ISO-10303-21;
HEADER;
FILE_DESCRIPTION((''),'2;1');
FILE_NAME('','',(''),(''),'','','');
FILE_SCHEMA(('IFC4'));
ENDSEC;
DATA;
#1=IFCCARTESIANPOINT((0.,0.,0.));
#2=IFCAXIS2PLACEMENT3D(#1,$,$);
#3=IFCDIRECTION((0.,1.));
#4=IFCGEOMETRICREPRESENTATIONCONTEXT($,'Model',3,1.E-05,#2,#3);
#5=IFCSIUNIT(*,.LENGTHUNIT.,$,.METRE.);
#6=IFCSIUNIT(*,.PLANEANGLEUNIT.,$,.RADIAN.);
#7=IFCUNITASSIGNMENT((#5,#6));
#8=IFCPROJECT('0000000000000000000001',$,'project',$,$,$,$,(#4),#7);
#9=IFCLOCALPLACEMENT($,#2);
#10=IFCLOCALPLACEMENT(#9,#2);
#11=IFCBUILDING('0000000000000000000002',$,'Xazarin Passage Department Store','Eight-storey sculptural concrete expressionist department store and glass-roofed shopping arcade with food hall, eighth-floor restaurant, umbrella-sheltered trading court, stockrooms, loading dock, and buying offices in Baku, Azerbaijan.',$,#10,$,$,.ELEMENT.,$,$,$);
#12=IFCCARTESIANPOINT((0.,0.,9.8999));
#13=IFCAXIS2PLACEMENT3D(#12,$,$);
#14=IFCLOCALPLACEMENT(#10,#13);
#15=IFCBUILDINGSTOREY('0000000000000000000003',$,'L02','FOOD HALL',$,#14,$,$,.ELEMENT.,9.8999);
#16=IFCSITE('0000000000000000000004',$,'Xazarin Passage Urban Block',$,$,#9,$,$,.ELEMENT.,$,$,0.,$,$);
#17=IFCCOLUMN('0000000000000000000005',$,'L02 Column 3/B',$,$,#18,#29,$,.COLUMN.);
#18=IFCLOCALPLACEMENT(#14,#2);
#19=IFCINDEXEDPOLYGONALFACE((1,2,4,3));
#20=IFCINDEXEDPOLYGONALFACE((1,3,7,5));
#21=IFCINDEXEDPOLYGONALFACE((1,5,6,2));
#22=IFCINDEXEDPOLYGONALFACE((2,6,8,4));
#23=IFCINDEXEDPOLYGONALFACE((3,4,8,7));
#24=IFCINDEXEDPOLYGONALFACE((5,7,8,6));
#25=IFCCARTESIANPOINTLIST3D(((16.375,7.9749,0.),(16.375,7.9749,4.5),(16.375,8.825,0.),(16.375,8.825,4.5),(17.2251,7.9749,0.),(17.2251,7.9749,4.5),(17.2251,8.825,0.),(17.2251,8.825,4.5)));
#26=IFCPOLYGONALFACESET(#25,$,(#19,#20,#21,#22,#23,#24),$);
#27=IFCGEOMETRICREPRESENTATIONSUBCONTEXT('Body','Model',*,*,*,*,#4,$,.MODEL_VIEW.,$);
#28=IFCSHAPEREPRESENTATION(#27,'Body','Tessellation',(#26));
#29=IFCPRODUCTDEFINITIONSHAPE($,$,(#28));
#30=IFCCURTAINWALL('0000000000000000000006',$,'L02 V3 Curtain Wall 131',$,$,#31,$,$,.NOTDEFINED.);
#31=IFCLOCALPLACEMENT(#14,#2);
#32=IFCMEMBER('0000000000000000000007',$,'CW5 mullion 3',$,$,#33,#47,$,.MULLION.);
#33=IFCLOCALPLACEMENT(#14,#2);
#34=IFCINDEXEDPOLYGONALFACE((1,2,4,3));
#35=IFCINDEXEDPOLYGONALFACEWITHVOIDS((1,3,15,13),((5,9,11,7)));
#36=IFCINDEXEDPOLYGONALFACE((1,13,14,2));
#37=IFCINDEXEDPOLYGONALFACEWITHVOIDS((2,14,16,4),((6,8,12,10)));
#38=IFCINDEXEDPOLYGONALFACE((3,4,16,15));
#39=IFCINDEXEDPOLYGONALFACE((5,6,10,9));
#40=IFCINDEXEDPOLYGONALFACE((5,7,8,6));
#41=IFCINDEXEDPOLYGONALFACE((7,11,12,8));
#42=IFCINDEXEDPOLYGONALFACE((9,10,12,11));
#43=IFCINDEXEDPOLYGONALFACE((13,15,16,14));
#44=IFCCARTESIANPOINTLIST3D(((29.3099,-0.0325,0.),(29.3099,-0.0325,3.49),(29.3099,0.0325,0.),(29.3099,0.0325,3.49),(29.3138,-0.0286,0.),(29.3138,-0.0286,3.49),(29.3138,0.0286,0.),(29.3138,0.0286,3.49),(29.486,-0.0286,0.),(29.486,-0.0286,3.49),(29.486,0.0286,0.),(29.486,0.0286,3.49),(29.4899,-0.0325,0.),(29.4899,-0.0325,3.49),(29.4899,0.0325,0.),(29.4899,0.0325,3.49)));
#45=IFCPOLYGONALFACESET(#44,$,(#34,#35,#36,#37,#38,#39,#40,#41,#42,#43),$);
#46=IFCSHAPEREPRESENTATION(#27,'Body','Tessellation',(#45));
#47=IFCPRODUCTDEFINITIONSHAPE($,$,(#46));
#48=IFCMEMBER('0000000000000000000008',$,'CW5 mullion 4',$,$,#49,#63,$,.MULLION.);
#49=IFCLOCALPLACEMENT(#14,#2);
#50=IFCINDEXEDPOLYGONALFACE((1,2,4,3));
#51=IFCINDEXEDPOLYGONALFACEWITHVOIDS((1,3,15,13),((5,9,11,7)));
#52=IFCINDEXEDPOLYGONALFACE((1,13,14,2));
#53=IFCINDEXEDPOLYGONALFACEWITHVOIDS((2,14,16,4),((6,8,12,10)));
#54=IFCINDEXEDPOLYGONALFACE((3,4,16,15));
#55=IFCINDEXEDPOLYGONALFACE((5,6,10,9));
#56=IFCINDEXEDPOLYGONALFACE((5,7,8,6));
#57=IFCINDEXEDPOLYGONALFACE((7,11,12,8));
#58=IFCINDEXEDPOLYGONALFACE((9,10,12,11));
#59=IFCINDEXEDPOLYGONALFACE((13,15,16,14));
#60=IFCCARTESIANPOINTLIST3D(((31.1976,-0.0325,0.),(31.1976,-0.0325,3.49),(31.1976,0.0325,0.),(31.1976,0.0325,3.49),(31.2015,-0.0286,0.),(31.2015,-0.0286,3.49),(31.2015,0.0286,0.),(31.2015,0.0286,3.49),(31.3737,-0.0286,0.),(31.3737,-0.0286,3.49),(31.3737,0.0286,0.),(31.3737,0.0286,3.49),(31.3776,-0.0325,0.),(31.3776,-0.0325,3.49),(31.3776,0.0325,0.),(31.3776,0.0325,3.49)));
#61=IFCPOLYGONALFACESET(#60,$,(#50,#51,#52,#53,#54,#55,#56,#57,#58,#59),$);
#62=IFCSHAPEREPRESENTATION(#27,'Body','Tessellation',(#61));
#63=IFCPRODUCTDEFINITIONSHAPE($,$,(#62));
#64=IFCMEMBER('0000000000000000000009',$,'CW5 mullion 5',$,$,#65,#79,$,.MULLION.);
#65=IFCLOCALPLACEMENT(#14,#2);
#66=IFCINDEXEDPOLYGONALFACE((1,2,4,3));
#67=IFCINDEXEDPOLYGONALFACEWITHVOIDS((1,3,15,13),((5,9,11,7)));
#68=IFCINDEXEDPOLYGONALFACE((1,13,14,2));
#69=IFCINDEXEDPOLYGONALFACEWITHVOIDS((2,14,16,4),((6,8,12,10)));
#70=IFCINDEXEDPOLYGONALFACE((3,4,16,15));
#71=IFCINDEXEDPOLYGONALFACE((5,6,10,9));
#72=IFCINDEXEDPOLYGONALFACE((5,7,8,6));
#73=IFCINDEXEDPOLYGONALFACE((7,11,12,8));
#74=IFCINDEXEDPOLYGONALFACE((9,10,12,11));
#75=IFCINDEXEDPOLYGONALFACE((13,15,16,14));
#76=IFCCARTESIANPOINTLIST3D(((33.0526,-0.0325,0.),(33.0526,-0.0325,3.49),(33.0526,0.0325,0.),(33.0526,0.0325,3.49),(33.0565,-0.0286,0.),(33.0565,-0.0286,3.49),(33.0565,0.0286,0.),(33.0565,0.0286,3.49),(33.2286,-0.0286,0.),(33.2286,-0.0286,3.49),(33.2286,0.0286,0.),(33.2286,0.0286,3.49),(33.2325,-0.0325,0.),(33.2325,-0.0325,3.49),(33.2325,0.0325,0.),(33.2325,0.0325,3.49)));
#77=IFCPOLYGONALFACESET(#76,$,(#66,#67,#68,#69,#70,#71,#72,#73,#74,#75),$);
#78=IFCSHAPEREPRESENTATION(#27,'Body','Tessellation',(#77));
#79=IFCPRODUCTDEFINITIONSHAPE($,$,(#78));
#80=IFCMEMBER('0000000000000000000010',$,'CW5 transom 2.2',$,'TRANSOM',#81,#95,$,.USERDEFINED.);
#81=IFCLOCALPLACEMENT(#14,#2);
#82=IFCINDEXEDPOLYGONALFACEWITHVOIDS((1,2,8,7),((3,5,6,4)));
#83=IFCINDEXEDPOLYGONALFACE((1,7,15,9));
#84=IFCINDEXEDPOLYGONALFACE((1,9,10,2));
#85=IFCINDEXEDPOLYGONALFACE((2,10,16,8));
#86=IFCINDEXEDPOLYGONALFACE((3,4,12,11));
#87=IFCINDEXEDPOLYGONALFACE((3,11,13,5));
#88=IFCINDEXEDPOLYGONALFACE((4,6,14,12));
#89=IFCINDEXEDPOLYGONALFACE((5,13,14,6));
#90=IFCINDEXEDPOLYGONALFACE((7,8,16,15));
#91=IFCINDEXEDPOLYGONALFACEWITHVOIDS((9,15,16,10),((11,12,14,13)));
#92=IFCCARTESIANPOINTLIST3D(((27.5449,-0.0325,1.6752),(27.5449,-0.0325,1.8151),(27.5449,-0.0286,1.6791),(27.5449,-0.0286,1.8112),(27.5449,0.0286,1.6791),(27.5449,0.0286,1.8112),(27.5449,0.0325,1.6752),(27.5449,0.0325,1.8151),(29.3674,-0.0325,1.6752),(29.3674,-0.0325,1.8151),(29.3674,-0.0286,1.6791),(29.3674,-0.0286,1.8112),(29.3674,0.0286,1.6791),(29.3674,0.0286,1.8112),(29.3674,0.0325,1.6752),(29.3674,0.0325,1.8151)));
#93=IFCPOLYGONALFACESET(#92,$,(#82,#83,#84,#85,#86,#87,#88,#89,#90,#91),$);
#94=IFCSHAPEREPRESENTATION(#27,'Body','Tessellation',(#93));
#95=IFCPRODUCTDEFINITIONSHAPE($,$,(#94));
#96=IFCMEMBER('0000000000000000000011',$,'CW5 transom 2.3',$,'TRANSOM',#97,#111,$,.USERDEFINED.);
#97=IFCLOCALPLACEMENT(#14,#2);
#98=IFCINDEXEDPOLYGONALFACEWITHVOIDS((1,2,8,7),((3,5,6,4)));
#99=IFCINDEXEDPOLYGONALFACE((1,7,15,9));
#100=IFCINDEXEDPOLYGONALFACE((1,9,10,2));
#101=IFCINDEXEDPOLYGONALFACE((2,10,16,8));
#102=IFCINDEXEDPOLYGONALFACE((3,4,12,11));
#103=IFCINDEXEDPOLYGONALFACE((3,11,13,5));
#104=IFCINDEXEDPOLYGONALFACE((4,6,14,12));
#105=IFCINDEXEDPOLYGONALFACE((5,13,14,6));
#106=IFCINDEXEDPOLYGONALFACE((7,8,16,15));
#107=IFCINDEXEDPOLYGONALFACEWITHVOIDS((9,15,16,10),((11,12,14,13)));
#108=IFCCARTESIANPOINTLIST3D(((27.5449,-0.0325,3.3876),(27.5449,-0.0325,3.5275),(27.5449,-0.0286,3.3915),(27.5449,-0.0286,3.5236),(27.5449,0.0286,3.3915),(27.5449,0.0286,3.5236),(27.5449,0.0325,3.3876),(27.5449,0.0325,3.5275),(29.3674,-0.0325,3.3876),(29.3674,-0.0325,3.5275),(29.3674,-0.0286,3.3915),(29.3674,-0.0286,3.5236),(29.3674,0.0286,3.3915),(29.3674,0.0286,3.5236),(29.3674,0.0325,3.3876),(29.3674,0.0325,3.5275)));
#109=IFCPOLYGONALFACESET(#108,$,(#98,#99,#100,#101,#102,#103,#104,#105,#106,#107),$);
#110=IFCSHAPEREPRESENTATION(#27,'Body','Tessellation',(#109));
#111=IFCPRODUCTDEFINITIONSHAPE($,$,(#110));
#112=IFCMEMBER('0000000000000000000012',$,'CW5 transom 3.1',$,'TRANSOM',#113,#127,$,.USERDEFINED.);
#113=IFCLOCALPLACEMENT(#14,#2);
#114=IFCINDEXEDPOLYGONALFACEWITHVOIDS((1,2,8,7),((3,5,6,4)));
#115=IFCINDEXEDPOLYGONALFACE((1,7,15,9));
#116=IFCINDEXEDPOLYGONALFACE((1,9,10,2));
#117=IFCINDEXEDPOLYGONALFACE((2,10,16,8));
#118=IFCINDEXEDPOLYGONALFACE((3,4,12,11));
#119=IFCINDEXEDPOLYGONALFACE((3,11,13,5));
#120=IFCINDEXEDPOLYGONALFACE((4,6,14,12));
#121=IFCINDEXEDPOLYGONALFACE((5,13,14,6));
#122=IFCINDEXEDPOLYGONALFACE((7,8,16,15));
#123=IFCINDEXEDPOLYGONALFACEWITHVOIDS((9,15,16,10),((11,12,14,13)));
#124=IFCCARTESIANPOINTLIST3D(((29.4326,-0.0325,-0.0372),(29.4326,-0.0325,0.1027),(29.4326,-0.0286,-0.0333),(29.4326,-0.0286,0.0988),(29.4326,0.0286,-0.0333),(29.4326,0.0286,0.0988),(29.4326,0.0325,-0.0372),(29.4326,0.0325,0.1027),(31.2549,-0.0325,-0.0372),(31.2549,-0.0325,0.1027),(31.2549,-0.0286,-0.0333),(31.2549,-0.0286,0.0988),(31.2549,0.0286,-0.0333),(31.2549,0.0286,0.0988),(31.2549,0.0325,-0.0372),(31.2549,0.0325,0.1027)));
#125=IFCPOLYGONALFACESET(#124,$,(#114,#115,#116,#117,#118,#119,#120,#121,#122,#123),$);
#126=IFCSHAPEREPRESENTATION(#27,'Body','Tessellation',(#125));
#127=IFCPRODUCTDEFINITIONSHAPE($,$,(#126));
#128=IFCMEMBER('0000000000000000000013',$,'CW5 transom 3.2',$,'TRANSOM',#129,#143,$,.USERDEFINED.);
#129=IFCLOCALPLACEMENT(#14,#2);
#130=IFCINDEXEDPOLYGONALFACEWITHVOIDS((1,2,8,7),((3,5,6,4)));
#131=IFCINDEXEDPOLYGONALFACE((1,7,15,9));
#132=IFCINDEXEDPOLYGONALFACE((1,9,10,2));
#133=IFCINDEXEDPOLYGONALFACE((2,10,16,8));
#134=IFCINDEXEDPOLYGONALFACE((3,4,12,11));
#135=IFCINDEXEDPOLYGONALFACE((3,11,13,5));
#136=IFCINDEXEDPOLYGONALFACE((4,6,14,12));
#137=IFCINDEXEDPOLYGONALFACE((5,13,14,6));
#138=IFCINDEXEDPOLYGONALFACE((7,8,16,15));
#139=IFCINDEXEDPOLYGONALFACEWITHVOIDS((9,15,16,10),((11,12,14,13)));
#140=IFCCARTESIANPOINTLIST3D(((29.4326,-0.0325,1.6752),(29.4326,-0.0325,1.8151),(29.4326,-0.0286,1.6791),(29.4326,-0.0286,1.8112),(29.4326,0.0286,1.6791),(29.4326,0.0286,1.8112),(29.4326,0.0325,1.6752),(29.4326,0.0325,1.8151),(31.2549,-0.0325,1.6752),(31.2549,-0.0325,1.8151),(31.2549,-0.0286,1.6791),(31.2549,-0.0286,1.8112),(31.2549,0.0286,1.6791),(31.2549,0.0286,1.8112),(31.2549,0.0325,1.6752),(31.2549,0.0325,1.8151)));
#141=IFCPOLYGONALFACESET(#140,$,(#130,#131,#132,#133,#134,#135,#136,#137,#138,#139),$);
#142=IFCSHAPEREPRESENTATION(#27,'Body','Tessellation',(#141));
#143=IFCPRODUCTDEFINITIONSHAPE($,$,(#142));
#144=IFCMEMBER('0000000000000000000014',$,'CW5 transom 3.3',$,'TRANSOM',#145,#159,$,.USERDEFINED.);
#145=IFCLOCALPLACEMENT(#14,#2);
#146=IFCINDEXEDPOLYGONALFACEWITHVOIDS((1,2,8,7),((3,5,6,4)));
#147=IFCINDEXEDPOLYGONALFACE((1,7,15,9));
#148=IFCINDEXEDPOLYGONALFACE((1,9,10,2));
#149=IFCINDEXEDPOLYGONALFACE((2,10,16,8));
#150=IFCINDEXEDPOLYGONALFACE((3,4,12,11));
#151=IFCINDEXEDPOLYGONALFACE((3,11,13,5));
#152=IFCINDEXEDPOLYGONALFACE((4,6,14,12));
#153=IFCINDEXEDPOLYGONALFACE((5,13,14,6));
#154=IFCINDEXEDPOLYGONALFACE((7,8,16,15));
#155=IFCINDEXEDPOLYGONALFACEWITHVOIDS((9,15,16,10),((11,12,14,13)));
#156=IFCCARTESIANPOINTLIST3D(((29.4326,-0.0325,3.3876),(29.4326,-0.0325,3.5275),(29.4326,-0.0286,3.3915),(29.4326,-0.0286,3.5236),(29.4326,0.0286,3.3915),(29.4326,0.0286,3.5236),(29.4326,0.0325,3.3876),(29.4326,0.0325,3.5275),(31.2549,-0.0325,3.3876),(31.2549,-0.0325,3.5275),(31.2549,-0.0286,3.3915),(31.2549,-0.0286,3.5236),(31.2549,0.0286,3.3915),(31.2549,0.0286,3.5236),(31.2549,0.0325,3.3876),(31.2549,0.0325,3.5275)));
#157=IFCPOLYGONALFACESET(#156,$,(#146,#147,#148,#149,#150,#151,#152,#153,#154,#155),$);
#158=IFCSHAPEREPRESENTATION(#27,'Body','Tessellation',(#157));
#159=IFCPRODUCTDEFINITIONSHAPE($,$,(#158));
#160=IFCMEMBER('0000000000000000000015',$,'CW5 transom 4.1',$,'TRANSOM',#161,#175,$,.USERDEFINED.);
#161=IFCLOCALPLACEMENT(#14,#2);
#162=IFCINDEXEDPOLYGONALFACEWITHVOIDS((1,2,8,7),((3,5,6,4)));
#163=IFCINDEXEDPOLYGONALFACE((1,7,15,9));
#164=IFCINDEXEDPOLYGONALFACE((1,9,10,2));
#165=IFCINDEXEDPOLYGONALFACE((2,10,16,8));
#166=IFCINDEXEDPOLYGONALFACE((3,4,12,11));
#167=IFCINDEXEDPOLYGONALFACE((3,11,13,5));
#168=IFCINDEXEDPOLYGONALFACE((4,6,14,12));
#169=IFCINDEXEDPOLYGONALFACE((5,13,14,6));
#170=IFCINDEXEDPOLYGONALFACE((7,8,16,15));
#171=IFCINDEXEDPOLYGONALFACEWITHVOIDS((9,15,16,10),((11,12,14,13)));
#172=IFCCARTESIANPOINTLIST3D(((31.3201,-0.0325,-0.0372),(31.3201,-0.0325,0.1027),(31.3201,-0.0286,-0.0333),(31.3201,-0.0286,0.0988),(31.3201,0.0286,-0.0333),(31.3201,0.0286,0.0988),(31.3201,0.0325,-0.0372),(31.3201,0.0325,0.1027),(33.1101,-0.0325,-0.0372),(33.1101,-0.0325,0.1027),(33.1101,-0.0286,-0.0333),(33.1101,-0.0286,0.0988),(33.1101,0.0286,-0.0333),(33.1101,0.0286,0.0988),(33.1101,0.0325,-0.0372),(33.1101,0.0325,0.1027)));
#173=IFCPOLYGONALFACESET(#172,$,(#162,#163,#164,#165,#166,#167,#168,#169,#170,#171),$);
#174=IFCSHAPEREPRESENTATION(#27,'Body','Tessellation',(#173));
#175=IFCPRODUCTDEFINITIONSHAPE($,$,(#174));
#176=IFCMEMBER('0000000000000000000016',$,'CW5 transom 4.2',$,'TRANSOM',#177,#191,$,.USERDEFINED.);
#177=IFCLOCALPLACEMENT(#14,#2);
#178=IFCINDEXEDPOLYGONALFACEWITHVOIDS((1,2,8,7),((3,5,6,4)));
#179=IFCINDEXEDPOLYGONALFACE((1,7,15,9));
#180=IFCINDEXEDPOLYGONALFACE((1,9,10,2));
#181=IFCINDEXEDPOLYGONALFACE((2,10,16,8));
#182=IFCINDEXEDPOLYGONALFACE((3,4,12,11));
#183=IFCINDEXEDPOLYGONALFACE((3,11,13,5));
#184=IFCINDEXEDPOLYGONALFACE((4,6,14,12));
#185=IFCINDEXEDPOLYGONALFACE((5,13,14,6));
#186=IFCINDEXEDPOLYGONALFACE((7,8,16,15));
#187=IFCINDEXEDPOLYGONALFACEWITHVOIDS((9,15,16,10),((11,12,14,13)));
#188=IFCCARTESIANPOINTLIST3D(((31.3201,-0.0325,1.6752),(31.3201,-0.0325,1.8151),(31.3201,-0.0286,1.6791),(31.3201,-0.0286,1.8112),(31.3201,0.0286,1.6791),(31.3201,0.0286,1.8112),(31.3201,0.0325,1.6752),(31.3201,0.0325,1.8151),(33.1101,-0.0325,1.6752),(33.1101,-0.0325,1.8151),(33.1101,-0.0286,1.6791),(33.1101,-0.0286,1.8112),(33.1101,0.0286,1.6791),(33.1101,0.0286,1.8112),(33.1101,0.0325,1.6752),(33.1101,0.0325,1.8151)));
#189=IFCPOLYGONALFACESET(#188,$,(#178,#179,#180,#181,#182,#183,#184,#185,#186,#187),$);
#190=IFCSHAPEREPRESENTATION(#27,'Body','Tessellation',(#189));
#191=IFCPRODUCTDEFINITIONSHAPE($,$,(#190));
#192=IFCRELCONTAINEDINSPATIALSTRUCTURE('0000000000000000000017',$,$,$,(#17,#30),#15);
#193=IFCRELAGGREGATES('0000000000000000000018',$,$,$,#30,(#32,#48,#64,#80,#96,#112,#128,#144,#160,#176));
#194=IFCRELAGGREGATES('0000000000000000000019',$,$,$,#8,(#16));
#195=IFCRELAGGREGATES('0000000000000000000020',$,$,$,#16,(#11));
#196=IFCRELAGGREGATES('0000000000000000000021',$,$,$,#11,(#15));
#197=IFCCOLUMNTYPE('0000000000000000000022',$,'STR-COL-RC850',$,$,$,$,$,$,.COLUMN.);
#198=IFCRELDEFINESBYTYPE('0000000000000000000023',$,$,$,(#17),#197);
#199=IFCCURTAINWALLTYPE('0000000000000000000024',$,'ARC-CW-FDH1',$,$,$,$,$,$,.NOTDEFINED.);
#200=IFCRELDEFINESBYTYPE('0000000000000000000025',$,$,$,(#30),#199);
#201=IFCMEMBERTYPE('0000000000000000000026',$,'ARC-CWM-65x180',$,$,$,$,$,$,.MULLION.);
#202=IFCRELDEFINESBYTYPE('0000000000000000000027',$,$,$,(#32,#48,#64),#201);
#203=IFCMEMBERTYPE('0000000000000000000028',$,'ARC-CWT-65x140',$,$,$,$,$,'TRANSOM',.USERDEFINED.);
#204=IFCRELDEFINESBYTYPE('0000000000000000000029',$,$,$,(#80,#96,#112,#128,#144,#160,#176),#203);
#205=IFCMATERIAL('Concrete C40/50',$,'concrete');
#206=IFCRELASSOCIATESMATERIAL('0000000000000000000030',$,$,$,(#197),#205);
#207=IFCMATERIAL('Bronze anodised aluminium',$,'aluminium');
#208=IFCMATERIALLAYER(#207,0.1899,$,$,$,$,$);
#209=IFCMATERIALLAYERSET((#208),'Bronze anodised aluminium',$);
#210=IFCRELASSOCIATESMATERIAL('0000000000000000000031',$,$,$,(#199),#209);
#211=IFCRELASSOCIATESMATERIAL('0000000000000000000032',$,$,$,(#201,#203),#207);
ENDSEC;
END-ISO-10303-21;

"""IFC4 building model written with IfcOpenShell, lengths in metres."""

from ifc_helpers import new_model, si_unit, direction, frame, origin, origin_2d, place, context, subcontext, project, spatial, rectangle, hollow_rectangle, extrude, material, layer, layer_set, material_profile, profile_set, type_object, element, aggregate, save


model = new_model("IFC4")

# Units and contexts
model_context = context("Model", 3, precision=1e-05, world=origin(), true_north=direction((0.0, 1.0)))
body_context = subcontext(model_context, "Body", "Model", "MODEL_VIEW")
ifc_project = project(units=[si_unit("LENGTHUNIT", "METRE"), si_unit("PLANEANGLEUNIT", "RADIAN")], contexts=[model_context])

# Site, building, storey
site_placement = place(None, origin())
site = spatial("IfcSite", under=ifc_project, at=site_placement, Name="Xazarin Passage Urban Block", CompositionType="ELEMENT", RefElevation=0.0)
building_placement = place(site_placement, origin())
building = spatial("IfcBuilding", under=site, at=building_placement, Name="Xazarin Passage Department Store", Description="Eight-storey sculptural concrete expressionist department store and glass-roofed shopping arcade with food hall, eighth-floor restaurant, umbrella-sheltered trading court, stockrooms, loading dock, and buying offices in Baku, Azerbaijan.", CompositionType="ELEMENT")
storey_placement = place(building_placement, frame((0.0, 0.0, 9.8999)))
storey = spatial("IfcBuildingStorey", under=building, at=storey_placement, Name="L02", Description="FOOD HALL", CompositionType="ELEMENT", Elevation=9.8999)

# Column
ifc_material_1 = material(Name="Concrete C40/50", Category="concrete")
ifc_material_profile_1 = material_profile(ifc_material_1, rectangle(XDim=0.8501, YDim=0.8501, at=origin_2d()), Name="RC 850x850")
ifc_profile_set_1 = profile_set([ifc_material_profile_1], Name="Concrete C40/50")
column_type = type_object("IfcColumnType", Name="STR-COL-RC850", PredefinedType="COLUMN", material=ifc_profile_set_1)
column_placement = place(storey_placement, frame((16.8, 8.3999, 0.0), z_axis=(0.0, 0.0, 1.0), x_axis=(1.0, 0.0, 0.0)))
element("IfcColumn", 1, at=column_placement, inside=storey, type_object=column_type, Name="L02 Column 3/B", PredefinedType="COLUMN", context=body_context, shape_type="SweptSolid", body=[
    extrude(rectangle(XDim=0.8501, YDim=0.8501, at=origin_2d()), origin(), (0.0, 0.0, 1.0), 4.5),
])

# Curtain wall, members
ifc_material_2 = material(Name="Bronze anodised aluminium", Category="aluminium")
ifc_layer_1 = layer(ifc_material_2, 0.1899)
ifc_layer_set_1 = layer_set([ifc_layer_1], Name="Bronze anodised aluminium")
curtain_wall_type = type_object("IfcCurtainWallType", Name="ARC-CW-FDH1", PredefinedType="NOTDEFINED", material=ifc_layer_set_1)
curtain_wall_placement = place(storey_placement, origin())
curtain_wall = element("IfcCurtainWall", 2, at=curtain_wall_placement, inside=storey, type_object=curtain_wall_type, Name="L02 V3 Curtain Wall 131", PredefinedType="NOTDEFINED")
ifc_material_profile_2 = material_profile(ifc_material_2, hollow_rectangle(XDim=0.0649, YDim=0.1799, WallThickness=0.0039, at=origin_2d()), Name="ALU 65x180")
ifc_profile_set_2 = profile_set([ifc_material_profile_2], Name="Bronze anodised aluminium")
member_type_1 = type_object("IfcMemberType", Name="ARC-CWM-65x180", PredefinedType="MULLION", material=ifc_profile_set_2)
member_1_placement = place(storey_placement, frame((29.3999, 0.0, 0.0), z_axis=(0.0, 0.0, 1.0), x_axis=(0.0, 1.0, 0.0)))
member_1 = element("IfcMember", 3, at=member_1_placement, type_object=member_type_1, Name="CW5 mullion 3", PredefinedType="MULLION", context=body_context, shape_type="SweptSolid", body=[
    extrude(hollow_rectangle(XDim=0.0649, YDim=0.1799, WallThickness=0.0039, at=origin_2d()), origin(), (0.0, 0.0, 1.0), 3.49),
])
member_2_placement = place(storey_placement, frame((31.2876, 0.0, 0.0), z_axis=(0.0, 0.0, 1.0), x_axis=(0.0, 1.0, 0.0)))
member_2 = element("IfcMember", 4, at=member_2_placement, type_object=member_type_1, Name="CW5 mullion 4", PredefinedType="MULLION", context=body_context, shape_type="SweptSolid", body=[
    extrude(hollow_rectangle(XDim=0.0649, YDim=0.1799, WallThickness=0.0039, at=origin_2d()), origin(), (0.0, 0.0, 1.0), 3.49),
])
member_3_placement = place(storey_placement, frame((33.1426, 0.0, 0.0), z_axis=(0.0, 0.0, 1.0), x_axis=(0.0, 1.0, 0.0)))
member_3 = element("IfcMember", 5, at=member_3_placement, type_object=member_type_1, Name="CW5 mullion 5", PredefinedType="MULLION", context=body_context, shape_type="SweptSolid", body=[
    extrude(hollow_rectangle(XDim=0.0649, YDim=0.1799, WallThickness=0.0039, at=origin_2d()), origin(), (0.0, 0.0, 1.0), 3.49),
])
ifc_material_profile_3 = material_profile(ifc_material_2, hollow_rectangle(XDim=0.0649, YDim=0.1399, WallThickness=0.0039, at=origin_2d()), Name="ALU 65x140")
ifc_profile_set_3 = profile_set([ifc_material_profile_3], Name="Bronze anodised aluminium")
member_type_2 = type_object("IfcMemberType", Name="ARC-CWT-65x140", ElementType="TRANSOM", PredefinedType="USERDEFINED", material=ifc_profile_set_3)
member_4_placement = place(storey_placement, frame((27.5449, 0.0, 1.7451), z_axis=(1.0, 0.0, 0.0), x_axis=(0.0, 1.0, 0.0)))
member_4 = element("IfcMember", 6, at=member_4_placement, type_object=member_type_2, Name="CW5 transom 2.2", ObjectType="TRANSOM", PredefinedType="USERDEFINED", context=body_context, shape_type="SweptSolid", body=[
    extrude(hollow_rectangle(XDim=0.0649, YDim=0.1399, WallThickness=0.0039, at=origin_2d()), origin(), (0.0, 0.0, 1.0), 1.8225),
])
member_5_placement = place(storey_placement, frame((27.5449, 0.0, 3.4575), z_axis=(1.0, 0.0, 0.0), x_axis=(0.0, 1.0, 0.0)))
member_5 = element("IfcMember", 7, at=member_5_placement, type_object=member_type_2, Name="CW5 transom 2.3", ObjectType="TRANSOM", PredefinedType="USERDEFINED", context=body_context, shape_type="SweptSolid", body=[
    extrude(hollow_rectangle(XDim=0.0649, YDim=0.1399, WallThickness=0.0039, at=origin_2d()), origin(), (0.0, 0.0, 1.0), 1.8225),
])
member_6_placement = place(storey_placement, frame((29.4326, 0.0, 0.0327), z_axis=(1.0, 0.0, 0.0), x_axis=(0.0, 1.0, 0.0)))
member_6 = element("IfcMember", 8, at=member_6_placement, type_object=member_type_2, Name="CW5 transom 3.1", ObjectType="TRANSOM", PredefinedType="USERDEFINED", context=body_context, shape_type="SweptSolid", body=[
    extrude(hollow_rectangle(XDim=0.0649, YDim=0.1399, WallThickness=0.0039, at=origin_2d()), origin(), (0.0, 0.0, 1.0), 1.8223),
])
member_7_placement = place(storey_placement, frame((29.4326, 0.0, 1.7451), z_axis=(1.0, 0.0, 0.0), x_axis=(0.0, 1.0, 0.0)))
member_7 = element("IfcMember", 9, at=member_7_placement, type_object=member_type_2, Name="CW5 transom 3.2", ObjectType="TRANSOM", PredefinedType="USERDEFINED", context=body_context, shape_type="SweptSolid", body=[
    extrude(hollow_rectangle(XDim=0.0649, YDim=0.1399, WallThickness=0.0039, at=origin_2d()), origin(), (0.0, 0.0, 1.0), 1.8223),
])
member_8_placement = place(storey_placement, frame((29.4326, 0.0, 3.4575), z_axis=(1.0, 0.0, 0.0), x_axis=(0.0, 1.0, 0.0)))
member_8 = element("IfcMember", 10, at=member_8_placement, type_object=member_type_2, Name="CW5 transom 3.3", ObjectType="TRANSOM", PredefinedType="USERDEFINED", context=body_context, shape_type="SweptSolid", body=[
    extrude(hollow_rectangle(XDim=0.0649, YDim=0.1399, WallThickness=0.0039, at=origin_2d()), origin(), (0.0, 0.0, 1.0), 1.8223),
])
member_9_placement = place(storey_placement, frame((31.3201, 0.0, 0.0327), z_axis=(1.0, 0.0, 0.0), x_axis=(0.0, 1.0, 0.0)))
member_9 = element("IfcMember", 11, at=member_9_placement, type_object=member_type_2, Name="CW5 transom 4.1", ObjectType="TRANSOM", PredefinedType="USERDEFINED", context=body_context, shape_type="SweptSolid", body=[
    extrude(hollow_rectangle(XDim=0.0649, YDim=0.1399, WallThickness=0.0039, at=origin_2d()), origin(), (0.0, 0.0, 1.0), 1.79),
])
member_10_placement = place(storey_placement, frame((31.3201, 0.0, 1.7451), z_axis=(1.0, 0.0, 0.0), x_axis=(0.0, 1.0, 0.0)))
member_10 = element("IfcMember", 12, at=member_10_placement, type_object=member_type_2, Name="CW5 transom 4.2", ObjectType="TRANSOM", PredefinedType="USERDEFINED", context=body_context, shape_type="SweptSolid", body=[
    extrude(hollow_rectangle(XDim=0.0649, YDim=0.1399, WallThickness=0.0039, at=origin_2d()), origin(), (0.0, 0.0, 1.0), 1.79),
])

aggregate(curtain_wall, [member_1, member_2, member_3, member_4, member_5, member_6, member_7, member_8, member_9, member_10])

save(model, "model.ifc")
